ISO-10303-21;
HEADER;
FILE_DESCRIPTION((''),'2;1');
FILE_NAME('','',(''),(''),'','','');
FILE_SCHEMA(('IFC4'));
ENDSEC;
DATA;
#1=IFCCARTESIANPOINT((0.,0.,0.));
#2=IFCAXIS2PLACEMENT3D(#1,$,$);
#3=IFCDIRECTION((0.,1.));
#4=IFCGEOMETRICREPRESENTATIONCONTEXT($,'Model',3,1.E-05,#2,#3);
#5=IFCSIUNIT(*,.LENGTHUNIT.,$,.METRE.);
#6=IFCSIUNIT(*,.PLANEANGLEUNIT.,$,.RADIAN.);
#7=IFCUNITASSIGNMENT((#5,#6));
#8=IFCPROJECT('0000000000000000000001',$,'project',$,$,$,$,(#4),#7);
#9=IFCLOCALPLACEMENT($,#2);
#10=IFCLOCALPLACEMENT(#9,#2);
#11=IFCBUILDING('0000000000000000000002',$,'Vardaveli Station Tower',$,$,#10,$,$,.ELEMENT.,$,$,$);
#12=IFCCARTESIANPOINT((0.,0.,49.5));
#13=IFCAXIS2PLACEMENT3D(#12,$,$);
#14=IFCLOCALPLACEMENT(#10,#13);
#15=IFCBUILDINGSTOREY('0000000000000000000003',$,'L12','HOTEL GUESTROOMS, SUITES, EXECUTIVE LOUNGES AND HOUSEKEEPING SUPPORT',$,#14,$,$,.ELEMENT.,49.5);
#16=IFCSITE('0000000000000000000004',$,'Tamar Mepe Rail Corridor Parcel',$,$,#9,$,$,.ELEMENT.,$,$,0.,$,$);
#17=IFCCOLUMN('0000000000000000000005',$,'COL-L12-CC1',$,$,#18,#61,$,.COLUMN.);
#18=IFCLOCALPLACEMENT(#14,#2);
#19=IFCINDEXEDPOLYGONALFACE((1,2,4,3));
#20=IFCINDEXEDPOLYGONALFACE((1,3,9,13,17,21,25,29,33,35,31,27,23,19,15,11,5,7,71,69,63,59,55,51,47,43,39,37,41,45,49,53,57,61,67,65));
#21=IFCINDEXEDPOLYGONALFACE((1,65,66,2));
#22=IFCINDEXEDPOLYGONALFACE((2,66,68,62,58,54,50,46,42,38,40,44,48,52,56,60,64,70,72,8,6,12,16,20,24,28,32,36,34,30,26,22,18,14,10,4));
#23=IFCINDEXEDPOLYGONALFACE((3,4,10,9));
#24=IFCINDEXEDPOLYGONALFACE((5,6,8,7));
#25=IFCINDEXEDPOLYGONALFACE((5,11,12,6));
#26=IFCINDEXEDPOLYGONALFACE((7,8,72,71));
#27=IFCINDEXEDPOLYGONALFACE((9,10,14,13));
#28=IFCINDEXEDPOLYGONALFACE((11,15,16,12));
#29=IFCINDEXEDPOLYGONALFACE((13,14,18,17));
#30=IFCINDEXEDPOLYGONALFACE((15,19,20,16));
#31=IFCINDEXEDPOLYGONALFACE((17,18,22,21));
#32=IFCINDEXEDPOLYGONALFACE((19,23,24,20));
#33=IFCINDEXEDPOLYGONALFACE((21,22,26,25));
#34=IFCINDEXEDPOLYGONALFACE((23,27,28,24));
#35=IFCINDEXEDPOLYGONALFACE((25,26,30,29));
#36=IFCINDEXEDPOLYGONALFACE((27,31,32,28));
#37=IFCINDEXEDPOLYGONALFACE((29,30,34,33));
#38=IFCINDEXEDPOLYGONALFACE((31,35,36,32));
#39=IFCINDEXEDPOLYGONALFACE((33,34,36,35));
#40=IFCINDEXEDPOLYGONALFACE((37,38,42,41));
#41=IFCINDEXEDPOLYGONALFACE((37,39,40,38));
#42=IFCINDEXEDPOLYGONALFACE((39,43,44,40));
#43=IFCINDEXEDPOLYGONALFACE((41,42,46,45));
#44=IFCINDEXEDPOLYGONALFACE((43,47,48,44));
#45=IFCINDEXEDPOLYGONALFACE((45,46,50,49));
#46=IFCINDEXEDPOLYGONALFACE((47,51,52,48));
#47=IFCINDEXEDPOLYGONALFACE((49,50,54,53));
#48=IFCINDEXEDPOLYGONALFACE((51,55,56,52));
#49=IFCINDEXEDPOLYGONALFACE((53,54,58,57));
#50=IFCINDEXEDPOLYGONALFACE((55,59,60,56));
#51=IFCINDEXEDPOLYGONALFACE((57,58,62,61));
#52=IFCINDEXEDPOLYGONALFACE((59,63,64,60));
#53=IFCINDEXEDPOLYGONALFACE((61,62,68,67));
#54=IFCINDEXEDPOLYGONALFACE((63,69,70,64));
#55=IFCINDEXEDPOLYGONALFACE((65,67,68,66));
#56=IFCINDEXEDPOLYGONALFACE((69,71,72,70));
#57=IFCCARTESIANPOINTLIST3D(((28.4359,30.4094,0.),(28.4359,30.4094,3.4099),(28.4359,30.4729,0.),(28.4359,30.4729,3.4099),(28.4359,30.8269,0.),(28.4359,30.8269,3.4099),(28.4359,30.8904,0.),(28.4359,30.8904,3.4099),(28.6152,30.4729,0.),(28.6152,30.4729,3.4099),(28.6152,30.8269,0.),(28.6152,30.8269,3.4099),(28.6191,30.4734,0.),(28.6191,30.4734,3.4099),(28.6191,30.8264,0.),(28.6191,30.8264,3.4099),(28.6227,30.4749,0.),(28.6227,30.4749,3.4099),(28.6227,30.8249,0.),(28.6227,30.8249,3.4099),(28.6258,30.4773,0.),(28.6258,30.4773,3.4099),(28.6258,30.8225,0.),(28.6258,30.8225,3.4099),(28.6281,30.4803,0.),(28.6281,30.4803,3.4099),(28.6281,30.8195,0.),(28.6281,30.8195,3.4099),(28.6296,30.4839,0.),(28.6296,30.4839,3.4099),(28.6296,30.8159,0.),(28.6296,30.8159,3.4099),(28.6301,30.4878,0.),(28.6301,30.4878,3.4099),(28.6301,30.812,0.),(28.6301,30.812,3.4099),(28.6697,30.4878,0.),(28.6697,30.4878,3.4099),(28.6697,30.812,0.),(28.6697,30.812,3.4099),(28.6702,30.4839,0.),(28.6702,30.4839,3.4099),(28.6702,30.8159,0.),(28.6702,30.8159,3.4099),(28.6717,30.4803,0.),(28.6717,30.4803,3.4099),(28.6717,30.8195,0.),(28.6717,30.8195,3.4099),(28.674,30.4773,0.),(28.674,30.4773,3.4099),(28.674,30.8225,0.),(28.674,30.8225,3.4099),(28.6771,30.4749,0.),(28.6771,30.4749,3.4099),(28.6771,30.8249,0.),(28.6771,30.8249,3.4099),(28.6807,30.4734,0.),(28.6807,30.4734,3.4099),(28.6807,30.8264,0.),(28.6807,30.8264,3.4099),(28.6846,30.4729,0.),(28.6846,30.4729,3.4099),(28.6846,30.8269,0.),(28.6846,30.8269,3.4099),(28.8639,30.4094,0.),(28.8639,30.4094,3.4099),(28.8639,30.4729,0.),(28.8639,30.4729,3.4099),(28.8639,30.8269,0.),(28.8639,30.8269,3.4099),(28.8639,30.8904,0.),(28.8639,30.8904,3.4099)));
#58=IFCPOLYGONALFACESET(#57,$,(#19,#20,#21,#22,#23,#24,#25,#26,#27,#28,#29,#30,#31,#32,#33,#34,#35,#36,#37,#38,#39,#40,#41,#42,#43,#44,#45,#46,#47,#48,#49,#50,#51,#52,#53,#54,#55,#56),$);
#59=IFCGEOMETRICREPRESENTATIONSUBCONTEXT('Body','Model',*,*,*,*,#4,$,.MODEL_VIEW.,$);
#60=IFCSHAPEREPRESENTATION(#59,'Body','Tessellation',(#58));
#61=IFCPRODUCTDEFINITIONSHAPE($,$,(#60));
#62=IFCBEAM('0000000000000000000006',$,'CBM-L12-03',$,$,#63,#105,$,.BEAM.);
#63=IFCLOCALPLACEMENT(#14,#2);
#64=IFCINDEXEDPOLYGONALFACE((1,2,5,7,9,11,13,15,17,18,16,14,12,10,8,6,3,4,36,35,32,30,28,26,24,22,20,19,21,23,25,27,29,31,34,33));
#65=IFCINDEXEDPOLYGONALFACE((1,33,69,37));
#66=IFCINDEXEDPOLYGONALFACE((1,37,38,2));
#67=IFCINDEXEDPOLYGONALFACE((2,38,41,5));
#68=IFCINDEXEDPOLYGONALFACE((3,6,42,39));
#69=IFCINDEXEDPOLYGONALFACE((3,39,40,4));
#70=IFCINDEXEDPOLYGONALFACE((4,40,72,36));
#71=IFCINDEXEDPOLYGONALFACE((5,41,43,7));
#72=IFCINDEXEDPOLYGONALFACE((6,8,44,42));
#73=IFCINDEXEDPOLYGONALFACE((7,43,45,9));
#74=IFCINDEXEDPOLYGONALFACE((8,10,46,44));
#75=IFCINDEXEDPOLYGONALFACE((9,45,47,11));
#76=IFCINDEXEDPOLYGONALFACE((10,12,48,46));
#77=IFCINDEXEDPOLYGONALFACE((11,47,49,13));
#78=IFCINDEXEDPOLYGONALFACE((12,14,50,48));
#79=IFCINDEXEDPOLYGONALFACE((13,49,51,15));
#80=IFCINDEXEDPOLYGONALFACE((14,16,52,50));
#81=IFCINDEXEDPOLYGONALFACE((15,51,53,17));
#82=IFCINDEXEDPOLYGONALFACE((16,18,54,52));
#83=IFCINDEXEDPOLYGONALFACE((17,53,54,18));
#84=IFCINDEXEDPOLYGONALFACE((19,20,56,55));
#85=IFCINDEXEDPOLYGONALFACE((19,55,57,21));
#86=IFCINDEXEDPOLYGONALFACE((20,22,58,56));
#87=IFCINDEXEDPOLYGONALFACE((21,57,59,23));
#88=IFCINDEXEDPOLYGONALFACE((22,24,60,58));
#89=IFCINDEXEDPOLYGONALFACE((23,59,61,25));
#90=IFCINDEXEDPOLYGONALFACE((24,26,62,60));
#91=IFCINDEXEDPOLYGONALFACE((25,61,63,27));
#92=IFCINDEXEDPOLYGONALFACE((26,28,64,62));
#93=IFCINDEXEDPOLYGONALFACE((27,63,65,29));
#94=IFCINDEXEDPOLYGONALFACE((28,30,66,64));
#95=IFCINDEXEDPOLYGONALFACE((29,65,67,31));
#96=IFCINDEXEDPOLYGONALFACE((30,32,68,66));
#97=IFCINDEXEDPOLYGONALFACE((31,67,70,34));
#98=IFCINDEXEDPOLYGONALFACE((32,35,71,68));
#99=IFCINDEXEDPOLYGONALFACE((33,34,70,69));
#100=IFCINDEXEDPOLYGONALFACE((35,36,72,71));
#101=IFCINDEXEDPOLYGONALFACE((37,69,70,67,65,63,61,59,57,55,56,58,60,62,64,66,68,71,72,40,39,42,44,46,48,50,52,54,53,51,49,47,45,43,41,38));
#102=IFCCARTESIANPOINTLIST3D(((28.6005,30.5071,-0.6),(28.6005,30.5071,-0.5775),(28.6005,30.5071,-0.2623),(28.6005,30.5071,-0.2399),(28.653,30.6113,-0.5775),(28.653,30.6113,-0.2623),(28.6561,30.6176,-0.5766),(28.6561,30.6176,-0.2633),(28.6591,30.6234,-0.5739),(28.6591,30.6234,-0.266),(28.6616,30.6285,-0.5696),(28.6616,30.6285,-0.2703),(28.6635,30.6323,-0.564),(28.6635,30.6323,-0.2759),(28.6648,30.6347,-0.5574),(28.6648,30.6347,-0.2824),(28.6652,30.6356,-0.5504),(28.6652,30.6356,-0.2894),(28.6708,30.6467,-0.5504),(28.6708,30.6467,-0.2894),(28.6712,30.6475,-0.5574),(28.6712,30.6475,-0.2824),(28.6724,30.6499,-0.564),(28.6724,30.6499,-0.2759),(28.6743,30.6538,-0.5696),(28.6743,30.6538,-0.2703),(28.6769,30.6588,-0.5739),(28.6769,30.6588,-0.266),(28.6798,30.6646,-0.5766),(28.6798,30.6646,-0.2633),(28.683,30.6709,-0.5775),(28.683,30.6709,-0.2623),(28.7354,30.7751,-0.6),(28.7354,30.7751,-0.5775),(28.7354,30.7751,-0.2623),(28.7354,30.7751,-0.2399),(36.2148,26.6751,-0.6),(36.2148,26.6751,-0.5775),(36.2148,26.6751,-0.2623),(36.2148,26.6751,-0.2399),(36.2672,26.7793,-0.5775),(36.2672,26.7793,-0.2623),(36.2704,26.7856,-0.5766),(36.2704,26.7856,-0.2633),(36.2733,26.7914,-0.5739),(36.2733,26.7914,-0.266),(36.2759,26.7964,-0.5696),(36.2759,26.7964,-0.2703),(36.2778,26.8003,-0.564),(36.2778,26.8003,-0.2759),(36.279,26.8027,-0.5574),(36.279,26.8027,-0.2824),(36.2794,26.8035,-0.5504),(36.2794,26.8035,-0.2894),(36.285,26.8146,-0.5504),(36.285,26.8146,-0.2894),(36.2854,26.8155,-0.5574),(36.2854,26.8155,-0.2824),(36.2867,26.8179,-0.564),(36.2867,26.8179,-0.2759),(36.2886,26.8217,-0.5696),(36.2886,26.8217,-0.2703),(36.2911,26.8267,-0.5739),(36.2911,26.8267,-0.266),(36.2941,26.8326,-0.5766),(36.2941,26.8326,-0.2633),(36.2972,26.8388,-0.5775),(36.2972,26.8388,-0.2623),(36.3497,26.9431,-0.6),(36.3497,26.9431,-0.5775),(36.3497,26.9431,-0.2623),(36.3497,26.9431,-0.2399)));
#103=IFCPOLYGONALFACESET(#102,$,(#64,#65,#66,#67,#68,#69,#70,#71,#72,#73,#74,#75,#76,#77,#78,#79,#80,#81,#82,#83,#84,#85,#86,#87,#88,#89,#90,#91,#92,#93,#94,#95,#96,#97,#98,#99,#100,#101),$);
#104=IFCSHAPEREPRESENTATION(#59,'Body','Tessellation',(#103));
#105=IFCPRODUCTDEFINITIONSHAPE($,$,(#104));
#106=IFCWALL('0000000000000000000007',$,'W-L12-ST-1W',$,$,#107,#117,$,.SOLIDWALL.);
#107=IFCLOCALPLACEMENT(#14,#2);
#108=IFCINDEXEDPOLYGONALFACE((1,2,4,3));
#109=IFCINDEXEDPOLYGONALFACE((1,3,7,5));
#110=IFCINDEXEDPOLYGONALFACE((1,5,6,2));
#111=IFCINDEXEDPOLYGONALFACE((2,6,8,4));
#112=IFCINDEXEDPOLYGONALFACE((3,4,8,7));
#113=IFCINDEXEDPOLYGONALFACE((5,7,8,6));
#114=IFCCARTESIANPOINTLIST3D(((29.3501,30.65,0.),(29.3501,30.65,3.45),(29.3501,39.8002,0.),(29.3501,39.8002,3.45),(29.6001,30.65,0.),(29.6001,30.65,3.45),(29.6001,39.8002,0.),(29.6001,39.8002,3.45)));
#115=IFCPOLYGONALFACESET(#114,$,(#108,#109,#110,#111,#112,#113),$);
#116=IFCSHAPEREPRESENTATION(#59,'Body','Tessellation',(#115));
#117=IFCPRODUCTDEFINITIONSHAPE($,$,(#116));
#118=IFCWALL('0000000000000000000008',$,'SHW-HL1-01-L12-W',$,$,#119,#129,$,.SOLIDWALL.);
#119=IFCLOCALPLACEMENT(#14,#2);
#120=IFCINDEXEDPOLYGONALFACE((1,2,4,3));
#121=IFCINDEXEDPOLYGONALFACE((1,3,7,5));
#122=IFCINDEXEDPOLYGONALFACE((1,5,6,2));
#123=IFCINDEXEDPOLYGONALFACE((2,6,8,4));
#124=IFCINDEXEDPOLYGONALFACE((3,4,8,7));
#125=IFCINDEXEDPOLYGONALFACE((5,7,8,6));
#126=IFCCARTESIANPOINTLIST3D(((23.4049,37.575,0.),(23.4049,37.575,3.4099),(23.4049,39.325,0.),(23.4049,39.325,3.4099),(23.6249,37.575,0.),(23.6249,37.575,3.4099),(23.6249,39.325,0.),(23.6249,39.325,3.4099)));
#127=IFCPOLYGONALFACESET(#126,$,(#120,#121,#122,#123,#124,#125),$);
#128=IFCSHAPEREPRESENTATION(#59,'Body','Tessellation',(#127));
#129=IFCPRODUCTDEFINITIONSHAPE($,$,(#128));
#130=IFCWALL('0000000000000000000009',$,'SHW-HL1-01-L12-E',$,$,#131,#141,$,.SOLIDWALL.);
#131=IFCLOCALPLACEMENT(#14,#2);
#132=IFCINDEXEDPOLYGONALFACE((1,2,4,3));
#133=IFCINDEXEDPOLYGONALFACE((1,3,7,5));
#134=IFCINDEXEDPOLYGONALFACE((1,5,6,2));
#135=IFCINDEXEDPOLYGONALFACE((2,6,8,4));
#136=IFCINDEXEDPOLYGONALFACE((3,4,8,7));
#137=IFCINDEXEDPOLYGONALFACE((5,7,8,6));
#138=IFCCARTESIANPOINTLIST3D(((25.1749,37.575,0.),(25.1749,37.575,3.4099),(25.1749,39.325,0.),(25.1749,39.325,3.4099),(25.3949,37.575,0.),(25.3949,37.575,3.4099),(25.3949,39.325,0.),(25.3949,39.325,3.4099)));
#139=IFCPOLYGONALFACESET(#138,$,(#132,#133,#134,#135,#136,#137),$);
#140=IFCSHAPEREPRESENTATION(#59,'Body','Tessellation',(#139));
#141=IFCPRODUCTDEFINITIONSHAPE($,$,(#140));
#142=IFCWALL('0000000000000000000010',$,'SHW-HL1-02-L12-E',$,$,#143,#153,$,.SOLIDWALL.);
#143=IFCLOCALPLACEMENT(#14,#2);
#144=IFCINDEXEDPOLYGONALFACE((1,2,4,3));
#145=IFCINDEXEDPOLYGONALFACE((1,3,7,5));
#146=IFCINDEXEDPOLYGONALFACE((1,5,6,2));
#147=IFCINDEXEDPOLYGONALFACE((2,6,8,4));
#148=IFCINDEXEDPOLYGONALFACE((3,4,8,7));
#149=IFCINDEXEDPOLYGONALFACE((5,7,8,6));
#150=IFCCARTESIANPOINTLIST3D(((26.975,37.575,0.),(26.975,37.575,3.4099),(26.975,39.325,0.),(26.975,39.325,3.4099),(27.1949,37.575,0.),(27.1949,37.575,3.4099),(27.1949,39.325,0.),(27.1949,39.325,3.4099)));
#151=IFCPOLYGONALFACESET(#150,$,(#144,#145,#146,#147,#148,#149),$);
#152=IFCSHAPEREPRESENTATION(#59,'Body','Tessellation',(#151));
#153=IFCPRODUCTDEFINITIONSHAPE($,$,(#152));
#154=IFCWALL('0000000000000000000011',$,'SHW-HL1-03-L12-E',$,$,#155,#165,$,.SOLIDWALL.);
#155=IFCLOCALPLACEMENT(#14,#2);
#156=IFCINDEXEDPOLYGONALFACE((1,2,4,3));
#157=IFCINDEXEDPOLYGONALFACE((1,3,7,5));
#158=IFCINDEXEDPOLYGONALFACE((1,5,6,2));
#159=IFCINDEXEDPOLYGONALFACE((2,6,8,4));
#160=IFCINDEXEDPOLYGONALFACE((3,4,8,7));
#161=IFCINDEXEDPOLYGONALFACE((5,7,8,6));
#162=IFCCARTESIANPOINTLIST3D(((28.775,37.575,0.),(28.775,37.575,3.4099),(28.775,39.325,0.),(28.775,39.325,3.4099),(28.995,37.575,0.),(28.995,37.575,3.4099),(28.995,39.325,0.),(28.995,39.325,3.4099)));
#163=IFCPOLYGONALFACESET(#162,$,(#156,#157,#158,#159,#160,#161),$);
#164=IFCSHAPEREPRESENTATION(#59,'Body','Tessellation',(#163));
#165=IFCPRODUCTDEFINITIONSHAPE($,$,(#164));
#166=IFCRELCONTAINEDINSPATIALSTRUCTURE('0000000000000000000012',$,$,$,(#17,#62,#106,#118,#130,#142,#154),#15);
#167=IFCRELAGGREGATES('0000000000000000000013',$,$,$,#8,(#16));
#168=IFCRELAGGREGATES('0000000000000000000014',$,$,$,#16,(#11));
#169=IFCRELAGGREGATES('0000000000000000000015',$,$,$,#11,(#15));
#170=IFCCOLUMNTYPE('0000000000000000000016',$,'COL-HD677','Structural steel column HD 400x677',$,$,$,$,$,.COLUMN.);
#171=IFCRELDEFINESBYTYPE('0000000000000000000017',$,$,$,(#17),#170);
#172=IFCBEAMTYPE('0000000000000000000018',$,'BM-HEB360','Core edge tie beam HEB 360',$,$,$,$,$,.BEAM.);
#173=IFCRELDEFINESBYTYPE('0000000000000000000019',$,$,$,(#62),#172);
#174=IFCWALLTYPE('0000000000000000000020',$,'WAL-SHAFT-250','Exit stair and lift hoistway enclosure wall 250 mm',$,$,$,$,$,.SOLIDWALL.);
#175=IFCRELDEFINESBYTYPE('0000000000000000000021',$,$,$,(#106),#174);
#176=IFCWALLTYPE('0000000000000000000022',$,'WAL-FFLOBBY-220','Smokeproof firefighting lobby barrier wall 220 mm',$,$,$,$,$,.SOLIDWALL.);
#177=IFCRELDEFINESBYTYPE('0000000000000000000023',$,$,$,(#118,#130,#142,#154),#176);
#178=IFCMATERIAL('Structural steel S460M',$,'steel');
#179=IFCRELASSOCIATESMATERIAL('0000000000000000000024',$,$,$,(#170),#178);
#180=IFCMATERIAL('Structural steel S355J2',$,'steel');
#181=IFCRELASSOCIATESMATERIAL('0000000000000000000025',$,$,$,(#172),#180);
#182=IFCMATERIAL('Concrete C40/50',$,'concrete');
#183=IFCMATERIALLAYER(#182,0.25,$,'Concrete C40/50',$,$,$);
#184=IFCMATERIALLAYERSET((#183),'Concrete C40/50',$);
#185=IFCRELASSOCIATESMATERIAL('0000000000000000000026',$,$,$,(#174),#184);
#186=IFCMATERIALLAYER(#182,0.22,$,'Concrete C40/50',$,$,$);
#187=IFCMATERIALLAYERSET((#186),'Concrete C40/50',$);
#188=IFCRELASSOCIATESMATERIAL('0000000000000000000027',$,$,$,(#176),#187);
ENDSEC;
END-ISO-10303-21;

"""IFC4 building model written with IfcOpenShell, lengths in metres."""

from ifc_helpers import new_model, si_unit, direction, frame, frame_2d, origin, origin_2d, place, context, subcontext, project, spatial, rectangle, i_section, extrude, source, transform, mapped, material, layer, layer_set, material_profile, profile_set, type_object, element, save


model = new_model("IFC4")

# Units and contexts
model_context = context("Model", 3, precision=1e-05, world=origin(), true_north=direction((0.0, 1.0)))
body_context = subcontext(model_context, "Body", "Model", "MODEL_VIEW")
ifc_project = project(units=[si_unit("LENGTHUNIT", "METRE"), si_unit("PLANEANGLEUNIT", "RADIAN")], contexts=[model_context])

# Site, building, storey
site_placement = place(None, origin())
site = spatial("IfcSite", under=ifc_project, at=site_placement, Name="Tamar Mepe Rail Corridor Parcel", CompositionType="ELEMENT", RefElevation=0.0)
building_placement = place(site_placement, origin())
building = spatial("IfcBuilding", under=site, at=building_placement, Name="Vardaveli Station Tower", CompositionType="ELEMENT")
storey_placement = place(building_placement, frame((0.0, 0.0, 49.5)))
storey = spatial("IfcBuildingStorey", under=building, at=storey_placement, Name="L12", Description="HOTEL GUESTROOMS, SUITES, EXECUTIVE LOUNGES AND HOUSEKEEPING SUPPORT", CompositionType="ELEMENT", Elevation=49.5)

# Column
ifc_material_1 = material(Name="Structural steel S460M", Category="steel")
ifc_material_profile_1 = material_profile(ifc_material_1, i_section(OverallWidth=0.428, OverallDepth=0.481, WebThickness=0.0396, FlangeThickness=0.0635, FilletRadius=0.0149, at=origin_2d()), Name="HD 400x677")
ifc_profile_set_1 = profile_set([ifc_material_profile_1], Name="Structural steel S460M")
column_type = type_object("IfcColumnType", Name="COL-HD677", Description="Structural steel column HD 400x677", PredefinedType="COLUMN", material=ifc_profile_set_1)
shared_shape_1 = source(origin(), body_context, "Body", "SweptSolid", [
    extrude(i_section(OverallWidth=0.428, OverallDepth=0.481, WebThickness=0.0396, FlangeThickness=0.0635, FilletRadius=0.0149, at=origin_2d()), origin(), (0.0, 0.0, 1.0), 3.4099),
])
column_placement = place(storey_placement, frame((28.6499, 30.6499, 0.0), z_axis=(0.0, 0.0, 1.0), x_axis=(1.0, 0.0, 0.0)))
element("IfcColumn", 1, at=column_placement, inside=storey, type_object=column_type, Name="COL-L12-CC1", PredefinedType="COLUMN", context=body_context, shape_type="MappedRepresentation", body=[
    mapped(shared_shape_1, transform((0.0, 0.0, 0.0), scale=1.0)),
])

# Beam
ifc_material_2 = material(Name="Structural steel S355J2", Category="steel")
ifc_material_profile_2 = material_profile(ifc_material_2, i_section(OverallWidth=0.3, OverallDepth=0.3601, WebThickness=0.0125, FlangeThickness=0.0225, FilletRadius=0.0271, at=origin_2d()), Name="HEB 360")
ifc_profile_set_2 = profile_set([ifc_material_profile_2], Name="Structural steel S355J2")
beam_type = type_object("IfcBeamType", Name="BM-HEB360", Description="Core edge tie beam HEB 360", PredefinedType="BEAM", material=ifc_profile_set_2)
shared_shape_2 = source(origin(), body_context, "Body", "SweptSolid", [
    extrude(i_section(OverallWidth=0.3, OverallDepth=0.3601, WebThickness=0.0125, FlangeThickness=0.0225, FilletRadius=0.0271, at=origin_2d()), origin(), (0.0, 0.0, 1.0), 8.5242),
])
beam_placement = place(storey_placement, frame((28.668, 30.6411, -0.4199), z_axis=(0.893256, -0.449549, 0.0), x_axis=(0.449549, 0.893256, 0.0)))
element("IfcBeam", 2, at=beam_placement, inside=storey, type_object=beam_type, Name="CBM-L12-03", PredefinedType="BEAM", context=body_context, shape_type="MappedRepresentation", body=[
    mapped(shared_shape_2, transform((0.0, 0.0, 0.0), scale=1.0)),
])

# Walls
ifc_material_3 = material(Name="Concrete C40/50", Category="concrete")
ifc_layer_1 = layer(ifc_material_3, 0.25, Name="Concrete C40/50")
ifc_layer_set_1 = layer_set([ifc_layer_1], Name="Concrete C40/50")
wall_type_1 = type_object("IfcWallType", Name="WAL-SHAFT-250", Description="Exit stair and lift hoistway enclosure wall 250 mm", PredefinedType="SOLIDWALL", material=ifc_layer_set_1)
shared_shape_3 = source(origin(), body_context, "Body", "SweptSolid", [
    extrude(rectangle(XDim=9.1501, YDim=0.25, at=frame_2d((4.5752, 0.0))), origin(), (0.0, 0.0, 1.0), 3.45),
])
wall_1_placement = place(storey_placement, frame((29.4751, 30.6499, 0.0), z_axis=(0.0, 0.0, 1.0), x_axis=(0.0, 1.0, 0.0)))
element("IfcWall", 3, at=wall_1_placement, inside=storey, type_object=wall_type_1, Name="W-L12-ST-1W", PredefinedType="SOLIDWALL", context=body_context, shape_type="MappedRepresentation", body=[
    mapped(shared_shape_3, transform((0.0, 0.0, 0.0), scale=1.0)),
])
ifc_layer_2 = layer(ifc_material_3, 0.22, Name="Concrete C40/50")
ifc_layer_set_2 = layer_set([ifc_layer_2], Name="Concrete C40/50")
wall_type_2 = type_object("IfcWallType", Name="WAL-FFLOBBY-220", Description="Smokeproof firefighting lobby barrier wall 220 mm", PredefinedType="SOLIDWALL", material=ifc_layer_set_2)
shared_shape_4 = source(origin(), body_context, "Body", "SweptSolid", [
    extrude(rectangle(XDim=1.75, YDim=0.22, at=frame_2d((0.875, 0.0))), origin(), (0.0, 0.0, 1.0), 3.4099),
])
for number, where, z_axis, x_axis, name in (
    (4, (23.5149, 37.575, 0.0), (0.0, 0.0, 1.0), (0.0, 1.0, 0.0), "SHW-HL1-01-L12-W"),
    (5, (25.2849, 37.575, 0.0), (0.0, 0.0, 1.0), (0.0, 1.0, 0.0), "SHW-HL1-01-L12-E"),
    (6, (27.085, 37.575, 0.0), (0.0, 0.0, 1.0), (0.0, 1.0, 0.0), "SHW-HL1-02-L12-E"),
    (7, (28.885, 37.575, 0.0), (0.0, 0.0, 1.0), (0.0, 1.0, 0.0), "SHW-HL1-03-L12-E"),
):
    element("IfcWall", number, at=place(storey_placement, frame(where, z_axis=z_axis, x_axis=x_axis)), inside=storey, type_object=wall_type_2, Name=name, PredefinedType="SOLIDWALL", context=body_context, shape_type="MappedRepresentation", body=[
        mapped(shared_shape_4, transform((0.0, 0.0, 0.0), scale=1.0)),
    ])

save(model, "model.ifc")
